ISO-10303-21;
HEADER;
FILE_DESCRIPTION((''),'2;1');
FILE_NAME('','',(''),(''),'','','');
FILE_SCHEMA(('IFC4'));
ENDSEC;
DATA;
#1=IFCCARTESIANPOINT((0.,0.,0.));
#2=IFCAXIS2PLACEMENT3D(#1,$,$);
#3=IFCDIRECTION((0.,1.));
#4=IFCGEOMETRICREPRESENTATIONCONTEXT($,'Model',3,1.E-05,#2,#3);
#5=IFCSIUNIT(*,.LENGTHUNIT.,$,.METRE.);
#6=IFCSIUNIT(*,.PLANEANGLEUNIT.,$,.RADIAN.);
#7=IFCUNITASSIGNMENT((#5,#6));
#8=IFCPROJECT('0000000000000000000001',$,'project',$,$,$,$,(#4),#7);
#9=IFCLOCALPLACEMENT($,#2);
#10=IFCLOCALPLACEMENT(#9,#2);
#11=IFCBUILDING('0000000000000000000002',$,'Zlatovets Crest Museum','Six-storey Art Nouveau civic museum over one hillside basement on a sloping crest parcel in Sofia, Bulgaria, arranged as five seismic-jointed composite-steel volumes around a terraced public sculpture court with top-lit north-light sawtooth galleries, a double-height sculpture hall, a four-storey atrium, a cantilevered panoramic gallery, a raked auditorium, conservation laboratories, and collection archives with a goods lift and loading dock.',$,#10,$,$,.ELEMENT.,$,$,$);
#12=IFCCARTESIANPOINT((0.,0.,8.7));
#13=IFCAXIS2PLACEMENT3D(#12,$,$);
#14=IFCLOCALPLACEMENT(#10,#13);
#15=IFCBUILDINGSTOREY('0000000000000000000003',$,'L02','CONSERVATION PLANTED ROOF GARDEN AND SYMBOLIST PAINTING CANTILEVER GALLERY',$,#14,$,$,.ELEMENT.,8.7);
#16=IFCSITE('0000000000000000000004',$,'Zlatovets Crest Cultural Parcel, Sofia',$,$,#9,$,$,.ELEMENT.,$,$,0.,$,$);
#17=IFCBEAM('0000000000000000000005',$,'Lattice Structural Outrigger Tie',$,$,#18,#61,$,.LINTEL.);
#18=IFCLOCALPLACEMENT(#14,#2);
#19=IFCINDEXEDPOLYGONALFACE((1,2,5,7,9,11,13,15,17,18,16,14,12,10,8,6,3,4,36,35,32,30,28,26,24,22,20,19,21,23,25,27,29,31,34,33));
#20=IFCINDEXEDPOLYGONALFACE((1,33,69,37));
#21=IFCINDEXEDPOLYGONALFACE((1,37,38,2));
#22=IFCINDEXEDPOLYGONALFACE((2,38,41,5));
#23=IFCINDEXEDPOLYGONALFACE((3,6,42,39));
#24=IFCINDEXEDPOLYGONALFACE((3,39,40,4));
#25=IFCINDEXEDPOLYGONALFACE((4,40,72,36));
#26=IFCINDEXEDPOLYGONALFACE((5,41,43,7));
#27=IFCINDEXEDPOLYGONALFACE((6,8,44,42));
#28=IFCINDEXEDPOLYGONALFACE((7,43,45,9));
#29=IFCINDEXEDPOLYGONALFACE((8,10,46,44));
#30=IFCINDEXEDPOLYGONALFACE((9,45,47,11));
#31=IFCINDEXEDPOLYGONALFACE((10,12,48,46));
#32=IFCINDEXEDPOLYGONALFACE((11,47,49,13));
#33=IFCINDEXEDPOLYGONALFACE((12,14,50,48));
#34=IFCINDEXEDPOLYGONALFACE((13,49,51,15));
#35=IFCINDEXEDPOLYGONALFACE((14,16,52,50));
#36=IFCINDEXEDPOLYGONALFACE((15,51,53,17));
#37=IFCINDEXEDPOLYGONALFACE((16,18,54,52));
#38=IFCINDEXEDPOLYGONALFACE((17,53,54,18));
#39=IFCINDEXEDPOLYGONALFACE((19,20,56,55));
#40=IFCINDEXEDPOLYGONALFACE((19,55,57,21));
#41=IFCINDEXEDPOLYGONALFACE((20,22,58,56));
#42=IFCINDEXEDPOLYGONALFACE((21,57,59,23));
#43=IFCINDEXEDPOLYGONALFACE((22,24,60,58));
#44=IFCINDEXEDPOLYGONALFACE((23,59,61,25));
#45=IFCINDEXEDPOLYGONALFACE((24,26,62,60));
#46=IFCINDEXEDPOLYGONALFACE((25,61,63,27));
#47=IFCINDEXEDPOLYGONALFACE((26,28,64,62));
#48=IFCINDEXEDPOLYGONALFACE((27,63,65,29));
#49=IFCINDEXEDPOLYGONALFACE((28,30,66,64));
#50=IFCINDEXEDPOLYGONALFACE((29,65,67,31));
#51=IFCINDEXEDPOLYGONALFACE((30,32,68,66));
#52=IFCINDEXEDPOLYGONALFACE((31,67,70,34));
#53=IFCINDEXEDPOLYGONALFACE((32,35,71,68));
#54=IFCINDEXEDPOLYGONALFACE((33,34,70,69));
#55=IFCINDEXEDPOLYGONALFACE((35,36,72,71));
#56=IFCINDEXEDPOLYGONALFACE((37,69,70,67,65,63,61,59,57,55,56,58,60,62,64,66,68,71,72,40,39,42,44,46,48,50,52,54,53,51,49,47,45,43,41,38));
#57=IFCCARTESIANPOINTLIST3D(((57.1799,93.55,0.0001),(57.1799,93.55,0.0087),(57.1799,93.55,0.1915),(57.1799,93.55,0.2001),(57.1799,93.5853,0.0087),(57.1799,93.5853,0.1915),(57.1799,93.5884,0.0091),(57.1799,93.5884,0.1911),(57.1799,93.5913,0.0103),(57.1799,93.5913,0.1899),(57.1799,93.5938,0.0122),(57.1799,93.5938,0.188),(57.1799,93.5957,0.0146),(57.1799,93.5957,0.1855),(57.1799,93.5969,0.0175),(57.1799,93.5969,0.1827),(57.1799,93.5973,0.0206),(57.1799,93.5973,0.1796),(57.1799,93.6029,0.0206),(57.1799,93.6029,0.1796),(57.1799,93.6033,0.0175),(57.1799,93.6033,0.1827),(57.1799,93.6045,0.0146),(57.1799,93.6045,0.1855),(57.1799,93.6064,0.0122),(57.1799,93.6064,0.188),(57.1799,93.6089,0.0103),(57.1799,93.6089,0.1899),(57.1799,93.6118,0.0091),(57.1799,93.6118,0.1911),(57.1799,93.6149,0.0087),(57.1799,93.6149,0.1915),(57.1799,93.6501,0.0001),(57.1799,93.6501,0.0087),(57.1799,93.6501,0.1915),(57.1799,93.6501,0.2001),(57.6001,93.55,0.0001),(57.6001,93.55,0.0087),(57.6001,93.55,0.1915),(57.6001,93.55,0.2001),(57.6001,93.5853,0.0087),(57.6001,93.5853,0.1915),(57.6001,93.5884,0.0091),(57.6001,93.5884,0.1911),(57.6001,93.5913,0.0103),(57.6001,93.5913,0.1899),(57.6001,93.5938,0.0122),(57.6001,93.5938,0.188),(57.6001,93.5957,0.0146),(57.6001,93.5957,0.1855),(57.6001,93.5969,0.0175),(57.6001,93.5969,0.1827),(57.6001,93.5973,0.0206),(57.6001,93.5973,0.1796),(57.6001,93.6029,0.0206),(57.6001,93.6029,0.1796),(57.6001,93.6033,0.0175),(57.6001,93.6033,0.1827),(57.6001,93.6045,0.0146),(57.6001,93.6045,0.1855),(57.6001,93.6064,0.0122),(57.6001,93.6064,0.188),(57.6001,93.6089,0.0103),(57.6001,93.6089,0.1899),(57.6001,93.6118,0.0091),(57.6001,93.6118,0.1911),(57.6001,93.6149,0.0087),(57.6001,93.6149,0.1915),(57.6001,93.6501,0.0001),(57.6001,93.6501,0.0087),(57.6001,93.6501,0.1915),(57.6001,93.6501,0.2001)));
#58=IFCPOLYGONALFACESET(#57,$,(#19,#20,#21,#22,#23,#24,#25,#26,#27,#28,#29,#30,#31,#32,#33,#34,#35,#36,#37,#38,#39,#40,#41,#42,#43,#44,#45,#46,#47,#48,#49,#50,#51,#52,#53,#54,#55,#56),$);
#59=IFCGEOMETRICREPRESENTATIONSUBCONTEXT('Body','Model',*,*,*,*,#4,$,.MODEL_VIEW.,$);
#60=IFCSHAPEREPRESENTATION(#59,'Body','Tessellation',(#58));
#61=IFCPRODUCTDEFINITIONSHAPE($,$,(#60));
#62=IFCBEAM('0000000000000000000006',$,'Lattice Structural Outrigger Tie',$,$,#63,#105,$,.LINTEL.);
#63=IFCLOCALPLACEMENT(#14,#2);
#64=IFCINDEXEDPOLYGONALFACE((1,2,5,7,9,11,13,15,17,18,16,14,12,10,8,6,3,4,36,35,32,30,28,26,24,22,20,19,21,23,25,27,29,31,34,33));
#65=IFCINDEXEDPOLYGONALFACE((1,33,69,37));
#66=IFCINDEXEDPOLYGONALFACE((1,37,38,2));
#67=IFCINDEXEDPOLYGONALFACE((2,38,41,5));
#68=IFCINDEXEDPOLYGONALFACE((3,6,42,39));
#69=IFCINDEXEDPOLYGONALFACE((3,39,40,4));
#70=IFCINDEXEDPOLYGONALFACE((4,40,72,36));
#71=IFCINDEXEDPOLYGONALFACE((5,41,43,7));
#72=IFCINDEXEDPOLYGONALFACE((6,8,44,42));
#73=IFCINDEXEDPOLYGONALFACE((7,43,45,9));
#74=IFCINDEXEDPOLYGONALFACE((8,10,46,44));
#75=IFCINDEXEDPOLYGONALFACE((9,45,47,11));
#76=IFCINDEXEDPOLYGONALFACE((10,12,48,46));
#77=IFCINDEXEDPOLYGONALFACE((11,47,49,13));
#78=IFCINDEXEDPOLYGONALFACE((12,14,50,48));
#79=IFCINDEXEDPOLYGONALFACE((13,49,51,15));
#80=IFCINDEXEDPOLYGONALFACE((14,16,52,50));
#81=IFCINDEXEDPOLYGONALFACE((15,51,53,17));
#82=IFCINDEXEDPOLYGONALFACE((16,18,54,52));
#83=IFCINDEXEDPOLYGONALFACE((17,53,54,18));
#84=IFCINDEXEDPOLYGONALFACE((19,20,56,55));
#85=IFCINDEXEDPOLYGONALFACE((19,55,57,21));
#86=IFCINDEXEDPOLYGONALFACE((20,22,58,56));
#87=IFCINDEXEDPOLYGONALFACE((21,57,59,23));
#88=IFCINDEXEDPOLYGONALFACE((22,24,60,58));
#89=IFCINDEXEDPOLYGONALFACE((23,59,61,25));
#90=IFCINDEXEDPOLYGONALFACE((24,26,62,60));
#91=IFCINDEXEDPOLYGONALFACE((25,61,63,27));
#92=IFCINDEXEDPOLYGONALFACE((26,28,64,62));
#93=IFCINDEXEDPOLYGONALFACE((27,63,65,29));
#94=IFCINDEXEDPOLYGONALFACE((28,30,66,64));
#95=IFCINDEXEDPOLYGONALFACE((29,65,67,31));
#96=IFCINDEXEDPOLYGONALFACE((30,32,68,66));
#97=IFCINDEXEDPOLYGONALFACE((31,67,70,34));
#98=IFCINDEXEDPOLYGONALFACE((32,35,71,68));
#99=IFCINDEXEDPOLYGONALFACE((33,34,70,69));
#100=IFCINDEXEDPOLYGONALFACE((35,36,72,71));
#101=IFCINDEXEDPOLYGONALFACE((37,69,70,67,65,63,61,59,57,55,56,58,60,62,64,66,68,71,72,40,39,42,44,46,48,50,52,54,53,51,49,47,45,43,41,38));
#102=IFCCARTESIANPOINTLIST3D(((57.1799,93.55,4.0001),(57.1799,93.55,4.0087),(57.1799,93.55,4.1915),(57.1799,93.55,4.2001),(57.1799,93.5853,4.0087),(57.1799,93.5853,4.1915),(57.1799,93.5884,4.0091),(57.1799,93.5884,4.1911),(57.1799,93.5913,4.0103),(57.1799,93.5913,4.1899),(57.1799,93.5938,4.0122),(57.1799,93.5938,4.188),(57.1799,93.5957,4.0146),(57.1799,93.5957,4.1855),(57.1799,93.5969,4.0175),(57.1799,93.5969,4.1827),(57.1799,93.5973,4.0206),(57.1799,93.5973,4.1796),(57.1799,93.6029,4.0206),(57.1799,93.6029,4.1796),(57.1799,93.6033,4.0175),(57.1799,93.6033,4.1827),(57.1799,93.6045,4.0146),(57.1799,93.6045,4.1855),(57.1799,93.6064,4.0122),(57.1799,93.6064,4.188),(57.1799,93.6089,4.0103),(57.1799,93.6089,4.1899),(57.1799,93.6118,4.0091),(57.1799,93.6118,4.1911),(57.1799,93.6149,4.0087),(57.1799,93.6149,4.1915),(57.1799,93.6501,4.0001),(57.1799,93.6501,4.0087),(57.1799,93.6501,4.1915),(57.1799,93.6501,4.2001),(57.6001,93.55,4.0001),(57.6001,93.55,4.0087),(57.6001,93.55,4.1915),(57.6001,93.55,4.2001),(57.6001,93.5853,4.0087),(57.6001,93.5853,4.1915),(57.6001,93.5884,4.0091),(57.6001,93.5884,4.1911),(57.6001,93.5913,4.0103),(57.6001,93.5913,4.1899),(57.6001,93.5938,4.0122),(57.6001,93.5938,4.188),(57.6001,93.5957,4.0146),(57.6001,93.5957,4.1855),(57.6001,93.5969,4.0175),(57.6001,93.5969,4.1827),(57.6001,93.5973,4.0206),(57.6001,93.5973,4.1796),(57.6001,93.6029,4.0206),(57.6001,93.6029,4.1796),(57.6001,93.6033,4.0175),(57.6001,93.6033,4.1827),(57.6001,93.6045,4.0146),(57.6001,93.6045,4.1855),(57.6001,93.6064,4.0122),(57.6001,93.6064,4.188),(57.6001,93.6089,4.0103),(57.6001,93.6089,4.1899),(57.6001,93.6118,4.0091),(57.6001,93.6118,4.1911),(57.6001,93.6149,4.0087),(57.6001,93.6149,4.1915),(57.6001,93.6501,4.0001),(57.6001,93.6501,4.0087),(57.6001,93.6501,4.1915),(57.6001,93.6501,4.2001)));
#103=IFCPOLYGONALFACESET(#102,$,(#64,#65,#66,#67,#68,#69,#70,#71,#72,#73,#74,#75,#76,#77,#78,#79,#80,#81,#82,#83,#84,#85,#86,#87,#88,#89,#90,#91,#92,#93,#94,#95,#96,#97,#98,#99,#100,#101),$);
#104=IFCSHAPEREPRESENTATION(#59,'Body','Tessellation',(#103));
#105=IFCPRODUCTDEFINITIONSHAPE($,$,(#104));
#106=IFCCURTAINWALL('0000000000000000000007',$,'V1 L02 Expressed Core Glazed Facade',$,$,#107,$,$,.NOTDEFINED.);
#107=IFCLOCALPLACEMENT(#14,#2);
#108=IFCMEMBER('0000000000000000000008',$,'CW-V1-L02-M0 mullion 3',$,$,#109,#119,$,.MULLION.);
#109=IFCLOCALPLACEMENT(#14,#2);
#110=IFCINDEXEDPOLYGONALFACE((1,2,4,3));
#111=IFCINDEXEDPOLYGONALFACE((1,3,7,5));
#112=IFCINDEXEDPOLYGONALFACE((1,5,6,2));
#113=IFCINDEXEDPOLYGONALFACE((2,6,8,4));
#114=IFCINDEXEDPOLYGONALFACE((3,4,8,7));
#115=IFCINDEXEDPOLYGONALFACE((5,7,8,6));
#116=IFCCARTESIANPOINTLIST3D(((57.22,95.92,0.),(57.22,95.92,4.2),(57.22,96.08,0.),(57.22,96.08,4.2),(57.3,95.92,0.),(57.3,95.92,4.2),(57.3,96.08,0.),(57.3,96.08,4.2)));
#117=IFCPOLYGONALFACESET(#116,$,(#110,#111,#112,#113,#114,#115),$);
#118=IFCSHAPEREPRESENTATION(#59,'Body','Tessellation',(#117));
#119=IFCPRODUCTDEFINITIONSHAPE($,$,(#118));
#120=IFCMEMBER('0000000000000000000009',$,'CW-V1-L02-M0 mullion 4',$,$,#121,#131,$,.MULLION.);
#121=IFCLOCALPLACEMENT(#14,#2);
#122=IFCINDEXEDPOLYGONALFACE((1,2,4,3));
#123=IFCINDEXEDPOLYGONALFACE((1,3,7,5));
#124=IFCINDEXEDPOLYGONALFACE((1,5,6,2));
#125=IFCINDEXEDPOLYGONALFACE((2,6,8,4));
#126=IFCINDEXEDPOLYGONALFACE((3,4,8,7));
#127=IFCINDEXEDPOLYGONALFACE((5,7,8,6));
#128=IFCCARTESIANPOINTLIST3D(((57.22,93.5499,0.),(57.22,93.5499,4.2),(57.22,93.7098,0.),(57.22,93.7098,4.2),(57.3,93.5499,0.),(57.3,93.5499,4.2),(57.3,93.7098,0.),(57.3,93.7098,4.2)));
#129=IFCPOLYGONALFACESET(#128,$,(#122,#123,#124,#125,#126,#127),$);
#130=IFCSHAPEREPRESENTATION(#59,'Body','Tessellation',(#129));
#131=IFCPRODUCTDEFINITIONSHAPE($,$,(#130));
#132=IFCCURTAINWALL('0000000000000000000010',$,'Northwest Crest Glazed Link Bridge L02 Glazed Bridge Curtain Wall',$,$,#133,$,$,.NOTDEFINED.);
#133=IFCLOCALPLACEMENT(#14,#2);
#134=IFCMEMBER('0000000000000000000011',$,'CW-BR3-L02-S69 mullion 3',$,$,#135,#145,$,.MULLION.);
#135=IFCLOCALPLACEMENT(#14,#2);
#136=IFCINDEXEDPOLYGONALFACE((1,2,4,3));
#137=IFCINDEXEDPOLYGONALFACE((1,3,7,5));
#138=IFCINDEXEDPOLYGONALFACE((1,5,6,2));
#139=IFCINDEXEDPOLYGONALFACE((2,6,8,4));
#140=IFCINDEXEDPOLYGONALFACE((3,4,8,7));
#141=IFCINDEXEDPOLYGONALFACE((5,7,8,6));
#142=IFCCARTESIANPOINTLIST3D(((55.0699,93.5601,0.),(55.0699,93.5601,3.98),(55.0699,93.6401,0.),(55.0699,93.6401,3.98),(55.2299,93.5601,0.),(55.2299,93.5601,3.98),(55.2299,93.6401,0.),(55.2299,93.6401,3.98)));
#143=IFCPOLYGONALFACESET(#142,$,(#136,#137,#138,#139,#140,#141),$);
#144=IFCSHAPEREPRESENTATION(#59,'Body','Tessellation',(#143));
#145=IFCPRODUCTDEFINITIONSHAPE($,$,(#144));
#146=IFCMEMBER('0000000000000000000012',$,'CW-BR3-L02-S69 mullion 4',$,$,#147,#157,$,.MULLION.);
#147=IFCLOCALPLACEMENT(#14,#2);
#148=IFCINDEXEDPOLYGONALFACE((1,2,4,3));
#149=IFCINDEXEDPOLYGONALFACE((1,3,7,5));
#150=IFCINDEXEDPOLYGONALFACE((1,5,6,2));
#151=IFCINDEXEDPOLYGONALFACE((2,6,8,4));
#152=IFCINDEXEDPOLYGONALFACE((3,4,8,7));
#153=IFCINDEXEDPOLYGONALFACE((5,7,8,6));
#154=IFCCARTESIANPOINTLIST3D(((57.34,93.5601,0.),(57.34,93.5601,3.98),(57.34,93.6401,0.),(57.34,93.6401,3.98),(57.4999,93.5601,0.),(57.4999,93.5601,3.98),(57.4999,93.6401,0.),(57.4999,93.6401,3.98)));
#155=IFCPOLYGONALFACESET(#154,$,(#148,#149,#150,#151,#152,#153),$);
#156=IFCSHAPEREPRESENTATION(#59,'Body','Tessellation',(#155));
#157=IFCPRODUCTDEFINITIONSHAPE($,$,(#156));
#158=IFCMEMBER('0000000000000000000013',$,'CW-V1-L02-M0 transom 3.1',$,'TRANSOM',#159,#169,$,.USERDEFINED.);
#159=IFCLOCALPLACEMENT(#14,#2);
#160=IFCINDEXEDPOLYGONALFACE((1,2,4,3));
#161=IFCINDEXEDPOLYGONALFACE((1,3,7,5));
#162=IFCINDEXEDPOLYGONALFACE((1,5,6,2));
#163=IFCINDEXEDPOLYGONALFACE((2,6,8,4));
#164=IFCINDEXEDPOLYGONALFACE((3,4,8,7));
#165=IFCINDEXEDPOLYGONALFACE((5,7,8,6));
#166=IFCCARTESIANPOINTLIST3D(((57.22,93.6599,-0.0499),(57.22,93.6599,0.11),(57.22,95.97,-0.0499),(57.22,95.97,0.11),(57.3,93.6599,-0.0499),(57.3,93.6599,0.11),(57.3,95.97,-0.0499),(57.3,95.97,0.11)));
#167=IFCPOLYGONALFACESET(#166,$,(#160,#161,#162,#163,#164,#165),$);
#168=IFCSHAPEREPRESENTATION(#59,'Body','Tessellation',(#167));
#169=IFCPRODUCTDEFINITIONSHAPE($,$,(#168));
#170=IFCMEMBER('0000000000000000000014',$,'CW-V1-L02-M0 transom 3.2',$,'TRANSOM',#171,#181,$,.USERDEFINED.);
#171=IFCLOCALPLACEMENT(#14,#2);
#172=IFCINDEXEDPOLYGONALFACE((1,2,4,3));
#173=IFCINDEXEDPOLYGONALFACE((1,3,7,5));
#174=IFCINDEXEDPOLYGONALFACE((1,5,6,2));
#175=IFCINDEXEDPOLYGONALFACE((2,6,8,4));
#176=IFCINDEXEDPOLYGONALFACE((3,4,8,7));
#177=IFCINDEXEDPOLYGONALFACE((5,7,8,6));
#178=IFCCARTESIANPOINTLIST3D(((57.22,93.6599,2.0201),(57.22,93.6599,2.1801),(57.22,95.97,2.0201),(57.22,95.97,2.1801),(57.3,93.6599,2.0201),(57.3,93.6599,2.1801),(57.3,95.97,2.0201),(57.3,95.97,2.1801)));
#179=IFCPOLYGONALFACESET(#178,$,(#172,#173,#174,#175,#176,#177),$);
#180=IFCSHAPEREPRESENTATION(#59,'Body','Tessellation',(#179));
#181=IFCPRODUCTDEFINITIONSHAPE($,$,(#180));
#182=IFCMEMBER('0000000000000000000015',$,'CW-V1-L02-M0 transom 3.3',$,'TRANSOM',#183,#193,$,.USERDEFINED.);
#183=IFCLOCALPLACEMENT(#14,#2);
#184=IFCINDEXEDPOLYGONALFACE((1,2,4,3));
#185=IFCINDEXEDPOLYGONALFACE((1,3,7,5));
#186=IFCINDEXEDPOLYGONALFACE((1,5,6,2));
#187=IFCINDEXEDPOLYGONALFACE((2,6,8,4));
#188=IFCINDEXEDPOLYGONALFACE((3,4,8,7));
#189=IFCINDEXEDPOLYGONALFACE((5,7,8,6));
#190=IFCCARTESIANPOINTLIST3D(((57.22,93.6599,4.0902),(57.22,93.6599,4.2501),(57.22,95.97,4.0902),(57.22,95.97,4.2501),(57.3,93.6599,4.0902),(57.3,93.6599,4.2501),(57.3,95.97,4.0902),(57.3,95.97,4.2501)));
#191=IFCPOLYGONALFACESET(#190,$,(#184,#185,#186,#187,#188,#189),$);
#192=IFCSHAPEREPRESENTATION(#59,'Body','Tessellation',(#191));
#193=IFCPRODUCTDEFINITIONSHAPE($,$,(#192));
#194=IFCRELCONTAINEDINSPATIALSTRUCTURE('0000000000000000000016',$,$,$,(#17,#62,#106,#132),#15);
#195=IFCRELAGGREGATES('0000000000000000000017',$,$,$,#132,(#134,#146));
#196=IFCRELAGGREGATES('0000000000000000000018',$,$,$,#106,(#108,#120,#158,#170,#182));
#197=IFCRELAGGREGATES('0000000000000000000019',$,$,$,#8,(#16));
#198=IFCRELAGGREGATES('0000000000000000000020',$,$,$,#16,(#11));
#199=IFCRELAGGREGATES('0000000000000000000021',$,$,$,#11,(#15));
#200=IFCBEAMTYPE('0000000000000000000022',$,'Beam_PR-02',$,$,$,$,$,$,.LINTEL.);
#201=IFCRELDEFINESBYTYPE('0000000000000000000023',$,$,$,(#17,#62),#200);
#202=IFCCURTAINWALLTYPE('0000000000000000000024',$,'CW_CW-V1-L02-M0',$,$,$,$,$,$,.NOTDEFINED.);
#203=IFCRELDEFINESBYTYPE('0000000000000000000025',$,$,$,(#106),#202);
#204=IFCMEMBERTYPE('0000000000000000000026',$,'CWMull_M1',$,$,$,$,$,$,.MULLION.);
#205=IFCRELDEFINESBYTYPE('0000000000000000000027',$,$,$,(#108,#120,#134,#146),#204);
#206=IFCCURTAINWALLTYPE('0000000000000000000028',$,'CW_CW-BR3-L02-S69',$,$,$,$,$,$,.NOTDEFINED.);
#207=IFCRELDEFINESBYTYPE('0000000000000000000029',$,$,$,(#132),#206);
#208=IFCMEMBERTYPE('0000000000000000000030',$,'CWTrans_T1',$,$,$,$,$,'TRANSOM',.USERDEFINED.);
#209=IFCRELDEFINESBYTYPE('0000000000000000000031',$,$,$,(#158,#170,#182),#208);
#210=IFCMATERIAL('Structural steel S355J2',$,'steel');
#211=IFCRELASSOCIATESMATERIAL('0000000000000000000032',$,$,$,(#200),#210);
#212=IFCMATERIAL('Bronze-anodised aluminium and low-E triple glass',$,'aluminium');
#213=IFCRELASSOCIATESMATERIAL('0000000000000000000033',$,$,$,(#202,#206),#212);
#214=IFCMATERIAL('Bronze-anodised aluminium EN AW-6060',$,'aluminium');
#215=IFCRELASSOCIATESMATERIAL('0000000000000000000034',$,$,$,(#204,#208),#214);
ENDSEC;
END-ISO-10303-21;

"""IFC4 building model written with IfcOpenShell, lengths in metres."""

from ifc_helpers import new_model, si_unit, direction, frame, origin, origin_2d, place, context, subcontext, project, spatial, rectangle, i_section, extrude, material, material_profile, profile_set, type_object, element, aggregate, save


model = new_model("IFC4")

# Units and contexts
model_context = context("Model", 3, precision=1e-05, world=origin(), true_north=direction((0.0, 1.0)))
body_context = subcontext(model_context, "Body", "Model", "MODEL_VIEW")
ifc_project = project(units=[si_unit("LENGTHUNIT", "METRE"), si_unit("PLANEANGLEUNIT", "RADIAN")], contexts=[model_context])

# Site, building, storey
site_placement = place(None, origin())
site = spatial("IfcSite", under=ifc_project, at=site_placement, Name="Zlatovets Crest Cultural Parcel, Sofia", CompositionType="ELEMENT", RefElevation=0.0)
building_placement = place(site_placement, origin())
building = spatial("IfcBuilding", under=site, at=building_placement, Name="Zlatovets Crest Museum", Description="Six-storey Art Nouveau civic museum over one hillside basement on a sloping crest parcel in Sofia, Bulgaria, arranged as five seismic-jointed composite-steel volumes around a terraced public sculpture court with top-lit north-light sawtooth galleries, a double-height sculpture hall, a four-storey atrium, a cantilevered panoramic gallery, a raked auditorium, conservation laboratories, and collection archives with a goods lift and loading dock.", CompositionType="ELEMENT")
storey_placement = place(building_placement, frame((0.0, 0.0, 8.7)))
storey = spatial("IfcBuildingStorey", under=building, at=storey_placement, Name="L02", Description="CONSERVATION PLANTED ROOF GARDEN AND SYMBOLIST PAINTING CANTILEVER GALLERY", CompositionType="ELEMENT", Elevation=8.7)

# Shared definitions
ifc_material_1 = material(Name="Structural steel S355J2", Category="steel")

# Beams
ifc_material_profile_1 = material_profile(ifc_material_1, i_section(OverallWidth=0.1001, OverallDepth=0.2, WebThickness=0.0056, FlangeThickness=0.0085, FilletRadius=0.012, at=origin_2d()), Name="IPE 200")
ifc_profile_set_1 = profile_set([ifc_material_profile_1], Name="Structural steel S355J2")
beam_type_1 = type_object("IfcBeamType", Name="Beam_PR-02", PredefinedType="LINTEL", material=ifc_profile_set_1)
for number, where, z_axis, x_axis, name in (
    (1, (57.6001, 93.6001, 0.1001), (-1.0, 0.0, 0.0), (0.0, -1.0, 0.0), "Lattice Structural Outrigger Tie"),
    (2, (57.6001, 93.6001, 4.1001), (-1.0, 0.0, 0.0), (0.0, -1.0, 0.0), "Lattice Structural Outrigger Tie"),
):
    element("IfcBeam", number, at=place(storey_placement, frame(where, z_axis=z_axis, x_axis=x_axis)), inside=storey, type_object=beam_type_1, Name=name, PredefinedType="LINTEL", context=body_context, shape_type="SweptSolid", body=[
        extrude(i_section(OverallWidth=0.1001, OverallDepth=0.2, WebThickness=0.0056, FlangeThickness=0.0085, FilletRadius=0.012, at=origin_2d()), origin(), (0.0, 0.0, 1.0), 0.4202),
    ])

# Curtain walls, members
ifc_material_2 = material(Name="Bronze-anodised aluminium and low-E triple glass", Category="aluminium")
curtain_wall_type_1 = type_object("IfcCurtainWallType", Name="CW_CW-V1-L02-M0", PredefinedType="NOTDEFINED", material=ifc_material_2)
curtain_wall_1_placement = place(storey_placement, origin())
curtain_wall_1 = element("IfcCurtainWall", 3, at=curtain_wall_1_placement, inside=storey, type_object=curtain_wall_type_1, Name="V1 L02 Expressed Core Glazed Facade", PredefinedType="NOTDEFINED")
ifc_material_3 = material(Name="Bronze-anodised aluminium EN AW-6060", Category="aluminium")
ifc_material_profile_2 = material_profile(ifc_material_3, rectangle(XDim=0.0801, YDim=0.1599, at=origin_2d()), Name="ALU 80x160")
ifc_profile_set_2 = profile_set([ifc_material_profile_2], Name="Bronze-anodised aluminium EN AW-6060")
member_type_1 = type_object("IfcMemberType", Name="CWMull_M1", PredefinedType="MULLION", material=ifc_profile_set_2)
member_1_placement = place(storey_placement, frame((57.26, 96.0, 0.0), z_axis=(0.0, 0.0, 1.0), x_axis=(1.0, 0.0, 0.0)))
member_1 = element("IfcMember", 4, at=member_1_placement, type_object=member_type_1, Name="CW-V1-L02-M0 mullion 3", PredefinedType="MULLION", context=body_context, shape_type="SweptSolid", body=[
    extrude(rectangle(XDim=0.0801, YDim=0.1599, at=origin_2d()), origin(), (0.0, 0.0, 1.0), 4.2),
])
member_2_placement = place(storey_placement, frame((57.26, 93.6299, 0.0), z_axis=(0.0, 0.0, 1.0), x_axis=(1.0, 0.0, 0.0)))
member_2 = element("IfcMember", 5, at=member_2_placement, type_object=member_type_1, Name="CW-V1-L02-M0 mullion 4", PredefinedType="MULLION", context=body_context, shape_type="SweptSolid", body=[
    extrude(rectangle(XDim=0.0801, YDim=0.1599, at=origin_2d()), origin(), (0.0, 0.0, 1.0), 4.2),
])
curtain_wall_type_2 = type_object("IfcCurtainWallType", Name="CW_CW-BR3-L02-S69", PredefinedType="NOTDEFINED", material=ifc_material_2)
curtain_wall_2_placement = place(storey_placement, origin())
curtain_wall_2 = element("IfcCurtainWall", 6, at=curtain_wall_2_placement, inside=storey, type_object=curtain_wall_type_2, Name="Northwest Crest Glazed Link Bridge L02 Glazed Bridge Curtain Wall", PredefinedType="NOTDEFINED")
member_3_placement = place(storey_placement, frame((55.1499, 93.6001, 0.0), z_axis=(0.0, 0.0, 1.0), x_axis=(0.0, 1.0, 0.0)))
member_3 = element("IfcMember", 7, at=member_3_placement, type_object=member_type_1, Name="CW-BR3-L02-S69 mullion 3", PredefinedType="MULLION", context=body_context, shape_type="SweptSolid", body=[
    extrude(rectangle(XDim=0.0801, YDim=0.1599, at=origin_2d()), origin(), (0.0, 0.0, 1.0), 3.98),
])
member_4_placement = place(storey_placement, frame((57.4199, 93.6001, 0.0), z_axis=(0.0, 0.0, 1.0), x_axis=(0.0, 1.0, 0.0)))
member_4 = element("IfcMember", 8, at=member_4_placement, type_object=member_type_1, Name="CW-BR3-L02-S69 mullion 4", PredefinedType="MULLION", context=body_context, shape_type="SweptSolid", body=[
    extrude(rectangle(XDim=0.0801, YDim=0.1599, at=origin_2d()), origin(), (0.0, 0.0, 1.0), 3.98),
])

# Members
ifc_material_profile_3 = material_profile(ifc_material_3, rectangle(XDim=0.0801, YDim=0.1599, at=origin_2d()), Name="ALU 80x160")
ifc_profile_set_3 = profile_set([ifc_material_profile_3], Name="Bronze-anodised aluminium EN AW-6060")
member_type_2 = type_object("IfcMemberType", Name="CWTrans_T1", ElementType="TRANSOM", PredefinedType="USERDEFINED", material=ifc_profile_set_3)
member_5_placement = place(storey_placement, frame((57.26, 95.97, 0.03), z_axis=(0.0, -1.0, 0.0), x_axis=(1.0, 0.0, 0.0)))
member_5 = element("IfcMember", 9, at=member_5_placement, type_object=member_type_2, Name="CW-V1-L02-M0 transom 3.1", ObjectType="TRANSOM", PredefinedType="USERDEFINED", context=body_context, shape_type="SweptSolid", body=[
    extrude(rectangle(XDim=0.0801, YDim=0.1599, at=origin_2d()), origin(), (0.0, 0.0, 1.0), 2.3101),
])
member_6_placement = place(storey_placement, frame((57.26, 95.97, 2.1001), z_axis=(0.0, -1.0, 0.0), x_axis=(1.0, 0.0, 0.0)))
member_6 = element("IfcMember", 10, at=member_6_placement, type_object=member_type_2, Name="CW-V1-L02-M0 transom 3.2", ObjectType="TRANSOM", PredefinedType="USERDEFINED", context=body_context, shape_type="SweptSolid", body=[
    extrude(rectangle(XDim=0.0801, YDim=0.1599, at=origin_2d()), origin(), (0.0, 0.0, 1.0), 2.3101),
])
member_7_placement = place(storey_placement, frame((57.26, 95.97, 4.1702), z_axis=(0.0, -1.0, 0.0), x_axis=(1.0, 0.0, 0.0)))
member_7 = element("IfcMember", 11, at=member_7_placement, type_object=member_type_2, Name="CW-V1-L02-M0 transom 3.3", ObjectType="TRANSOM", PredefinedType="USERDEFINED", context=body_context, shape_type="SweptSolid", body=[
    extrude(rectangle(XDim=0.0801, YDim=0.1599, at=origin_2d()), origin(), (0.0, 0.0, 1.0), 2.3101),
])

aggregate(curtain_wall_2, [member_3, member_4])
aggregate(curtain_wall_1, [member_1, member_2, member_5, member_6, member_7])

save(model, "model.ifc")
